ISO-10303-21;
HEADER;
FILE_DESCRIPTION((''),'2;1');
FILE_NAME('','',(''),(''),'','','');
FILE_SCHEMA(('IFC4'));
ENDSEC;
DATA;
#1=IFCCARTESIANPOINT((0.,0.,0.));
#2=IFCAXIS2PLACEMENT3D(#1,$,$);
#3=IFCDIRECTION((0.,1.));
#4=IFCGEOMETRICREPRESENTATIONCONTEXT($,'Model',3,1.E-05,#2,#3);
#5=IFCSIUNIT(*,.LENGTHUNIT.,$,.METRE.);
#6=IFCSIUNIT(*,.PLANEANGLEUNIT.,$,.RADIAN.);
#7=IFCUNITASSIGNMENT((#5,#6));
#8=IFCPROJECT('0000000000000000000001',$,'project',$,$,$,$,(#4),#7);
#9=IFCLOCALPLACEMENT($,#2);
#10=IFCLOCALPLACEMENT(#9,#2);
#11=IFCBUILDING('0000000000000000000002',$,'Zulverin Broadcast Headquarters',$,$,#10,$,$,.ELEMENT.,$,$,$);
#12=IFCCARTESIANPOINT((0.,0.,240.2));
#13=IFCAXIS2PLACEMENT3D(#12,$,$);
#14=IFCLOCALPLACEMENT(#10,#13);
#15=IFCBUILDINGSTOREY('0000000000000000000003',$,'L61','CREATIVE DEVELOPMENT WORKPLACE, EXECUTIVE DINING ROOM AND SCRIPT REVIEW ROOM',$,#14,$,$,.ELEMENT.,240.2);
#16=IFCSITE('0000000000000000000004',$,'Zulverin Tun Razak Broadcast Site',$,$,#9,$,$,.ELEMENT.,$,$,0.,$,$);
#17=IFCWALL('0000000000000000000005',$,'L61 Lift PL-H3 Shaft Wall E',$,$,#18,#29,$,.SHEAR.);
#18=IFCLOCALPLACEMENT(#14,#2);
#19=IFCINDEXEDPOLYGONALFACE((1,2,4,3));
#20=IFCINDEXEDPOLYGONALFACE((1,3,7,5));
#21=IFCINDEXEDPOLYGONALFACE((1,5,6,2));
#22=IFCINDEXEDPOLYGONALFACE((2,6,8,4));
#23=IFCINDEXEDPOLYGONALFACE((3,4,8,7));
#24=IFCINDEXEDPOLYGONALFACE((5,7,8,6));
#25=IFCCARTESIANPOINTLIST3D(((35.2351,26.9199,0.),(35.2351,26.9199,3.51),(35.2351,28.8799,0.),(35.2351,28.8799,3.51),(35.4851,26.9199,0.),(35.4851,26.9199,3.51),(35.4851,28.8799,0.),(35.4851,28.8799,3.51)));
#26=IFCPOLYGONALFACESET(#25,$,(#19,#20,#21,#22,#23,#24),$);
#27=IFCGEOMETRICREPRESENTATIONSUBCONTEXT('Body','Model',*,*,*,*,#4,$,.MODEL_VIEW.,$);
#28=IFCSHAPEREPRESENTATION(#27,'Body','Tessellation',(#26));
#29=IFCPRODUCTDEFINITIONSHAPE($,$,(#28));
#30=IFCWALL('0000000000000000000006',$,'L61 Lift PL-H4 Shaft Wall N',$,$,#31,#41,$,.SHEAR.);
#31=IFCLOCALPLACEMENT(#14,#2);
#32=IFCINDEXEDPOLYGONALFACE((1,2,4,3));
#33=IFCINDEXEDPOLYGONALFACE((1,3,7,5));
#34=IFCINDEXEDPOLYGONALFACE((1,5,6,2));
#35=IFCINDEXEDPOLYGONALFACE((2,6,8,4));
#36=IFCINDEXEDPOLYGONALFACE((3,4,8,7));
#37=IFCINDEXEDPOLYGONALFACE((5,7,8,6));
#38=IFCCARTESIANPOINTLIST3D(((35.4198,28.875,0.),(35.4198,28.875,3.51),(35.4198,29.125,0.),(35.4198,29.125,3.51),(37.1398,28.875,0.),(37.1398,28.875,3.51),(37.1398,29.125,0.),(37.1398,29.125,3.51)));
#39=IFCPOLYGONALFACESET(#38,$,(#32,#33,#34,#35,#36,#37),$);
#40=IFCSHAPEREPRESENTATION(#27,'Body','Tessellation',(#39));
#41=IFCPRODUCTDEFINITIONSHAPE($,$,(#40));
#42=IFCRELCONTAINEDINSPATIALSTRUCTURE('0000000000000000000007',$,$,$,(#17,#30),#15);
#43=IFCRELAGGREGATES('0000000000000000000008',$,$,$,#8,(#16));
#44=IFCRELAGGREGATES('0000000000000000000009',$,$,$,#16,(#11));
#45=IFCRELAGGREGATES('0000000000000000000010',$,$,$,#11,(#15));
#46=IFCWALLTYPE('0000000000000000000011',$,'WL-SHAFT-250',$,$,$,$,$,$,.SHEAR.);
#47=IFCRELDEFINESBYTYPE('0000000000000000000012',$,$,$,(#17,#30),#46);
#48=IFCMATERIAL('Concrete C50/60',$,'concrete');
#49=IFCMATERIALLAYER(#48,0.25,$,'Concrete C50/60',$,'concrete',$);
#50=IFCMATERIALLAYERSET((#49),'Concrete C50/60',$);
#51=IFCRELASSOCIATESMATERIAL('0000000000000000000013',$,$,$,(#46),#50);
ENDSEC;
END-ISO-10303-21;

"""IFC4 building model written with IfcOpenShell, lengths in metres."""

from ifc_helpers import new_model, si_unit, direction, frame, frame_2d, origin, place, context, subcontext, project, spatial, rectangle, extrude, material, layer, layer_set, type_object, element, save


model = new_model("IFC4")

# Units and contexts
model_context = context("Model", 3, precision=1e-05, world=origin(), true_north=direction((0.0, 1.0)))
body_context = subcontext(model_context, "Body", "Model", "MODEL_VIEW")
ifc_project = project(units=[si_unit("LENGTHUNIT", "METRE"), si_unit("PLANEANGLEUNIT", "RADIAN")], contexts=[model_context])

# Site, building, storey
site_placement = place(None, origin())
site = spatial("IfcSite", under=ifc_project, at=site_placement, Name="Zulverin Tun Razak Broadcast Site", CompositionType="ELEMENT", RefElevation=0.0)
building_placement = place(site_placement, origin())
building = spatial("IfcBuilding", under=site, at=building_placement, Name="Zulverin Broadcast Headquarters", CompositionType="ELEMENT")
storey_placement = place(building_placement, frame((0.0, 0.0, 240.2)))
storey = spatial("IfcBuildingStorey", under=building, at=storey_placement, Name="L61", Description="CREATIVE DEVELOPMENT WORKPLACE, EXECUTIVE DINING ROOM AND SCRIPT REVIEW ROOM", CompositionType="ELEMENT", Elevation=240.2)

# Shared definitions
ifc_material_1 = material(Name="Concrete C50/60", Category="concrete")
ifc_layer_1 = layer(ifc_material_1, 0.25, Name="Concrete C50/60", Category="concrete")
ifc_layer_set_1 = layer_set([ifc_layer_1], Name="Concrete C50/60")
wall_type_1 = type_object("IfcWallType", Name="WL-SHAFT-250", PredefinedType="SHEAR", material=ifc_layer_set_1)

# Wall
wall_1_placement = place(storey_placement, frame((35.3601, 26.9199, 0.0), z_axis=(0.0, 0.0, 1.0), x_axis=(0.0, 1.0, 0.0)))
element("IfcWall", 1, at=wall_1_placement, inside=storey, type_object=wall_type_1, Name="L61 Lift PL-H3 Shaft Wall E", PredefinedType="SHEAR", context=body_context, shape_type="SweptSolid", body=[
    extrude(rectangle(XDim=1.96, YDim=0.25, at=frame_2d((0.98, 0.0))), origin(), (0.0, 0.0, 1.0), 3.51),
])

# Wall
wall_2_placement = place(storey_placement, frame((35.4199, 29.0, 0.0), z_axis=(0.0, 0.0, 1.0), x_axis=(1.0, 0.0, 0.0)))
element("IfcWall", 2, at=wall_2_placement, inside=storey, type_object=wall_type_1, Name="L61 Lift PL-H4 Shaft Wall N", PredefinedType="SHEAR", context=body_context, shape_type="SweptSolid", body=[
    extrude(rectangle(XDim=1.72, YDim=0.25, at=frame_2d((0.8599, 0.0))), origin(), (0.0, 0.0, 1.0), 3.51),
])

save(model, "model.ifc")
